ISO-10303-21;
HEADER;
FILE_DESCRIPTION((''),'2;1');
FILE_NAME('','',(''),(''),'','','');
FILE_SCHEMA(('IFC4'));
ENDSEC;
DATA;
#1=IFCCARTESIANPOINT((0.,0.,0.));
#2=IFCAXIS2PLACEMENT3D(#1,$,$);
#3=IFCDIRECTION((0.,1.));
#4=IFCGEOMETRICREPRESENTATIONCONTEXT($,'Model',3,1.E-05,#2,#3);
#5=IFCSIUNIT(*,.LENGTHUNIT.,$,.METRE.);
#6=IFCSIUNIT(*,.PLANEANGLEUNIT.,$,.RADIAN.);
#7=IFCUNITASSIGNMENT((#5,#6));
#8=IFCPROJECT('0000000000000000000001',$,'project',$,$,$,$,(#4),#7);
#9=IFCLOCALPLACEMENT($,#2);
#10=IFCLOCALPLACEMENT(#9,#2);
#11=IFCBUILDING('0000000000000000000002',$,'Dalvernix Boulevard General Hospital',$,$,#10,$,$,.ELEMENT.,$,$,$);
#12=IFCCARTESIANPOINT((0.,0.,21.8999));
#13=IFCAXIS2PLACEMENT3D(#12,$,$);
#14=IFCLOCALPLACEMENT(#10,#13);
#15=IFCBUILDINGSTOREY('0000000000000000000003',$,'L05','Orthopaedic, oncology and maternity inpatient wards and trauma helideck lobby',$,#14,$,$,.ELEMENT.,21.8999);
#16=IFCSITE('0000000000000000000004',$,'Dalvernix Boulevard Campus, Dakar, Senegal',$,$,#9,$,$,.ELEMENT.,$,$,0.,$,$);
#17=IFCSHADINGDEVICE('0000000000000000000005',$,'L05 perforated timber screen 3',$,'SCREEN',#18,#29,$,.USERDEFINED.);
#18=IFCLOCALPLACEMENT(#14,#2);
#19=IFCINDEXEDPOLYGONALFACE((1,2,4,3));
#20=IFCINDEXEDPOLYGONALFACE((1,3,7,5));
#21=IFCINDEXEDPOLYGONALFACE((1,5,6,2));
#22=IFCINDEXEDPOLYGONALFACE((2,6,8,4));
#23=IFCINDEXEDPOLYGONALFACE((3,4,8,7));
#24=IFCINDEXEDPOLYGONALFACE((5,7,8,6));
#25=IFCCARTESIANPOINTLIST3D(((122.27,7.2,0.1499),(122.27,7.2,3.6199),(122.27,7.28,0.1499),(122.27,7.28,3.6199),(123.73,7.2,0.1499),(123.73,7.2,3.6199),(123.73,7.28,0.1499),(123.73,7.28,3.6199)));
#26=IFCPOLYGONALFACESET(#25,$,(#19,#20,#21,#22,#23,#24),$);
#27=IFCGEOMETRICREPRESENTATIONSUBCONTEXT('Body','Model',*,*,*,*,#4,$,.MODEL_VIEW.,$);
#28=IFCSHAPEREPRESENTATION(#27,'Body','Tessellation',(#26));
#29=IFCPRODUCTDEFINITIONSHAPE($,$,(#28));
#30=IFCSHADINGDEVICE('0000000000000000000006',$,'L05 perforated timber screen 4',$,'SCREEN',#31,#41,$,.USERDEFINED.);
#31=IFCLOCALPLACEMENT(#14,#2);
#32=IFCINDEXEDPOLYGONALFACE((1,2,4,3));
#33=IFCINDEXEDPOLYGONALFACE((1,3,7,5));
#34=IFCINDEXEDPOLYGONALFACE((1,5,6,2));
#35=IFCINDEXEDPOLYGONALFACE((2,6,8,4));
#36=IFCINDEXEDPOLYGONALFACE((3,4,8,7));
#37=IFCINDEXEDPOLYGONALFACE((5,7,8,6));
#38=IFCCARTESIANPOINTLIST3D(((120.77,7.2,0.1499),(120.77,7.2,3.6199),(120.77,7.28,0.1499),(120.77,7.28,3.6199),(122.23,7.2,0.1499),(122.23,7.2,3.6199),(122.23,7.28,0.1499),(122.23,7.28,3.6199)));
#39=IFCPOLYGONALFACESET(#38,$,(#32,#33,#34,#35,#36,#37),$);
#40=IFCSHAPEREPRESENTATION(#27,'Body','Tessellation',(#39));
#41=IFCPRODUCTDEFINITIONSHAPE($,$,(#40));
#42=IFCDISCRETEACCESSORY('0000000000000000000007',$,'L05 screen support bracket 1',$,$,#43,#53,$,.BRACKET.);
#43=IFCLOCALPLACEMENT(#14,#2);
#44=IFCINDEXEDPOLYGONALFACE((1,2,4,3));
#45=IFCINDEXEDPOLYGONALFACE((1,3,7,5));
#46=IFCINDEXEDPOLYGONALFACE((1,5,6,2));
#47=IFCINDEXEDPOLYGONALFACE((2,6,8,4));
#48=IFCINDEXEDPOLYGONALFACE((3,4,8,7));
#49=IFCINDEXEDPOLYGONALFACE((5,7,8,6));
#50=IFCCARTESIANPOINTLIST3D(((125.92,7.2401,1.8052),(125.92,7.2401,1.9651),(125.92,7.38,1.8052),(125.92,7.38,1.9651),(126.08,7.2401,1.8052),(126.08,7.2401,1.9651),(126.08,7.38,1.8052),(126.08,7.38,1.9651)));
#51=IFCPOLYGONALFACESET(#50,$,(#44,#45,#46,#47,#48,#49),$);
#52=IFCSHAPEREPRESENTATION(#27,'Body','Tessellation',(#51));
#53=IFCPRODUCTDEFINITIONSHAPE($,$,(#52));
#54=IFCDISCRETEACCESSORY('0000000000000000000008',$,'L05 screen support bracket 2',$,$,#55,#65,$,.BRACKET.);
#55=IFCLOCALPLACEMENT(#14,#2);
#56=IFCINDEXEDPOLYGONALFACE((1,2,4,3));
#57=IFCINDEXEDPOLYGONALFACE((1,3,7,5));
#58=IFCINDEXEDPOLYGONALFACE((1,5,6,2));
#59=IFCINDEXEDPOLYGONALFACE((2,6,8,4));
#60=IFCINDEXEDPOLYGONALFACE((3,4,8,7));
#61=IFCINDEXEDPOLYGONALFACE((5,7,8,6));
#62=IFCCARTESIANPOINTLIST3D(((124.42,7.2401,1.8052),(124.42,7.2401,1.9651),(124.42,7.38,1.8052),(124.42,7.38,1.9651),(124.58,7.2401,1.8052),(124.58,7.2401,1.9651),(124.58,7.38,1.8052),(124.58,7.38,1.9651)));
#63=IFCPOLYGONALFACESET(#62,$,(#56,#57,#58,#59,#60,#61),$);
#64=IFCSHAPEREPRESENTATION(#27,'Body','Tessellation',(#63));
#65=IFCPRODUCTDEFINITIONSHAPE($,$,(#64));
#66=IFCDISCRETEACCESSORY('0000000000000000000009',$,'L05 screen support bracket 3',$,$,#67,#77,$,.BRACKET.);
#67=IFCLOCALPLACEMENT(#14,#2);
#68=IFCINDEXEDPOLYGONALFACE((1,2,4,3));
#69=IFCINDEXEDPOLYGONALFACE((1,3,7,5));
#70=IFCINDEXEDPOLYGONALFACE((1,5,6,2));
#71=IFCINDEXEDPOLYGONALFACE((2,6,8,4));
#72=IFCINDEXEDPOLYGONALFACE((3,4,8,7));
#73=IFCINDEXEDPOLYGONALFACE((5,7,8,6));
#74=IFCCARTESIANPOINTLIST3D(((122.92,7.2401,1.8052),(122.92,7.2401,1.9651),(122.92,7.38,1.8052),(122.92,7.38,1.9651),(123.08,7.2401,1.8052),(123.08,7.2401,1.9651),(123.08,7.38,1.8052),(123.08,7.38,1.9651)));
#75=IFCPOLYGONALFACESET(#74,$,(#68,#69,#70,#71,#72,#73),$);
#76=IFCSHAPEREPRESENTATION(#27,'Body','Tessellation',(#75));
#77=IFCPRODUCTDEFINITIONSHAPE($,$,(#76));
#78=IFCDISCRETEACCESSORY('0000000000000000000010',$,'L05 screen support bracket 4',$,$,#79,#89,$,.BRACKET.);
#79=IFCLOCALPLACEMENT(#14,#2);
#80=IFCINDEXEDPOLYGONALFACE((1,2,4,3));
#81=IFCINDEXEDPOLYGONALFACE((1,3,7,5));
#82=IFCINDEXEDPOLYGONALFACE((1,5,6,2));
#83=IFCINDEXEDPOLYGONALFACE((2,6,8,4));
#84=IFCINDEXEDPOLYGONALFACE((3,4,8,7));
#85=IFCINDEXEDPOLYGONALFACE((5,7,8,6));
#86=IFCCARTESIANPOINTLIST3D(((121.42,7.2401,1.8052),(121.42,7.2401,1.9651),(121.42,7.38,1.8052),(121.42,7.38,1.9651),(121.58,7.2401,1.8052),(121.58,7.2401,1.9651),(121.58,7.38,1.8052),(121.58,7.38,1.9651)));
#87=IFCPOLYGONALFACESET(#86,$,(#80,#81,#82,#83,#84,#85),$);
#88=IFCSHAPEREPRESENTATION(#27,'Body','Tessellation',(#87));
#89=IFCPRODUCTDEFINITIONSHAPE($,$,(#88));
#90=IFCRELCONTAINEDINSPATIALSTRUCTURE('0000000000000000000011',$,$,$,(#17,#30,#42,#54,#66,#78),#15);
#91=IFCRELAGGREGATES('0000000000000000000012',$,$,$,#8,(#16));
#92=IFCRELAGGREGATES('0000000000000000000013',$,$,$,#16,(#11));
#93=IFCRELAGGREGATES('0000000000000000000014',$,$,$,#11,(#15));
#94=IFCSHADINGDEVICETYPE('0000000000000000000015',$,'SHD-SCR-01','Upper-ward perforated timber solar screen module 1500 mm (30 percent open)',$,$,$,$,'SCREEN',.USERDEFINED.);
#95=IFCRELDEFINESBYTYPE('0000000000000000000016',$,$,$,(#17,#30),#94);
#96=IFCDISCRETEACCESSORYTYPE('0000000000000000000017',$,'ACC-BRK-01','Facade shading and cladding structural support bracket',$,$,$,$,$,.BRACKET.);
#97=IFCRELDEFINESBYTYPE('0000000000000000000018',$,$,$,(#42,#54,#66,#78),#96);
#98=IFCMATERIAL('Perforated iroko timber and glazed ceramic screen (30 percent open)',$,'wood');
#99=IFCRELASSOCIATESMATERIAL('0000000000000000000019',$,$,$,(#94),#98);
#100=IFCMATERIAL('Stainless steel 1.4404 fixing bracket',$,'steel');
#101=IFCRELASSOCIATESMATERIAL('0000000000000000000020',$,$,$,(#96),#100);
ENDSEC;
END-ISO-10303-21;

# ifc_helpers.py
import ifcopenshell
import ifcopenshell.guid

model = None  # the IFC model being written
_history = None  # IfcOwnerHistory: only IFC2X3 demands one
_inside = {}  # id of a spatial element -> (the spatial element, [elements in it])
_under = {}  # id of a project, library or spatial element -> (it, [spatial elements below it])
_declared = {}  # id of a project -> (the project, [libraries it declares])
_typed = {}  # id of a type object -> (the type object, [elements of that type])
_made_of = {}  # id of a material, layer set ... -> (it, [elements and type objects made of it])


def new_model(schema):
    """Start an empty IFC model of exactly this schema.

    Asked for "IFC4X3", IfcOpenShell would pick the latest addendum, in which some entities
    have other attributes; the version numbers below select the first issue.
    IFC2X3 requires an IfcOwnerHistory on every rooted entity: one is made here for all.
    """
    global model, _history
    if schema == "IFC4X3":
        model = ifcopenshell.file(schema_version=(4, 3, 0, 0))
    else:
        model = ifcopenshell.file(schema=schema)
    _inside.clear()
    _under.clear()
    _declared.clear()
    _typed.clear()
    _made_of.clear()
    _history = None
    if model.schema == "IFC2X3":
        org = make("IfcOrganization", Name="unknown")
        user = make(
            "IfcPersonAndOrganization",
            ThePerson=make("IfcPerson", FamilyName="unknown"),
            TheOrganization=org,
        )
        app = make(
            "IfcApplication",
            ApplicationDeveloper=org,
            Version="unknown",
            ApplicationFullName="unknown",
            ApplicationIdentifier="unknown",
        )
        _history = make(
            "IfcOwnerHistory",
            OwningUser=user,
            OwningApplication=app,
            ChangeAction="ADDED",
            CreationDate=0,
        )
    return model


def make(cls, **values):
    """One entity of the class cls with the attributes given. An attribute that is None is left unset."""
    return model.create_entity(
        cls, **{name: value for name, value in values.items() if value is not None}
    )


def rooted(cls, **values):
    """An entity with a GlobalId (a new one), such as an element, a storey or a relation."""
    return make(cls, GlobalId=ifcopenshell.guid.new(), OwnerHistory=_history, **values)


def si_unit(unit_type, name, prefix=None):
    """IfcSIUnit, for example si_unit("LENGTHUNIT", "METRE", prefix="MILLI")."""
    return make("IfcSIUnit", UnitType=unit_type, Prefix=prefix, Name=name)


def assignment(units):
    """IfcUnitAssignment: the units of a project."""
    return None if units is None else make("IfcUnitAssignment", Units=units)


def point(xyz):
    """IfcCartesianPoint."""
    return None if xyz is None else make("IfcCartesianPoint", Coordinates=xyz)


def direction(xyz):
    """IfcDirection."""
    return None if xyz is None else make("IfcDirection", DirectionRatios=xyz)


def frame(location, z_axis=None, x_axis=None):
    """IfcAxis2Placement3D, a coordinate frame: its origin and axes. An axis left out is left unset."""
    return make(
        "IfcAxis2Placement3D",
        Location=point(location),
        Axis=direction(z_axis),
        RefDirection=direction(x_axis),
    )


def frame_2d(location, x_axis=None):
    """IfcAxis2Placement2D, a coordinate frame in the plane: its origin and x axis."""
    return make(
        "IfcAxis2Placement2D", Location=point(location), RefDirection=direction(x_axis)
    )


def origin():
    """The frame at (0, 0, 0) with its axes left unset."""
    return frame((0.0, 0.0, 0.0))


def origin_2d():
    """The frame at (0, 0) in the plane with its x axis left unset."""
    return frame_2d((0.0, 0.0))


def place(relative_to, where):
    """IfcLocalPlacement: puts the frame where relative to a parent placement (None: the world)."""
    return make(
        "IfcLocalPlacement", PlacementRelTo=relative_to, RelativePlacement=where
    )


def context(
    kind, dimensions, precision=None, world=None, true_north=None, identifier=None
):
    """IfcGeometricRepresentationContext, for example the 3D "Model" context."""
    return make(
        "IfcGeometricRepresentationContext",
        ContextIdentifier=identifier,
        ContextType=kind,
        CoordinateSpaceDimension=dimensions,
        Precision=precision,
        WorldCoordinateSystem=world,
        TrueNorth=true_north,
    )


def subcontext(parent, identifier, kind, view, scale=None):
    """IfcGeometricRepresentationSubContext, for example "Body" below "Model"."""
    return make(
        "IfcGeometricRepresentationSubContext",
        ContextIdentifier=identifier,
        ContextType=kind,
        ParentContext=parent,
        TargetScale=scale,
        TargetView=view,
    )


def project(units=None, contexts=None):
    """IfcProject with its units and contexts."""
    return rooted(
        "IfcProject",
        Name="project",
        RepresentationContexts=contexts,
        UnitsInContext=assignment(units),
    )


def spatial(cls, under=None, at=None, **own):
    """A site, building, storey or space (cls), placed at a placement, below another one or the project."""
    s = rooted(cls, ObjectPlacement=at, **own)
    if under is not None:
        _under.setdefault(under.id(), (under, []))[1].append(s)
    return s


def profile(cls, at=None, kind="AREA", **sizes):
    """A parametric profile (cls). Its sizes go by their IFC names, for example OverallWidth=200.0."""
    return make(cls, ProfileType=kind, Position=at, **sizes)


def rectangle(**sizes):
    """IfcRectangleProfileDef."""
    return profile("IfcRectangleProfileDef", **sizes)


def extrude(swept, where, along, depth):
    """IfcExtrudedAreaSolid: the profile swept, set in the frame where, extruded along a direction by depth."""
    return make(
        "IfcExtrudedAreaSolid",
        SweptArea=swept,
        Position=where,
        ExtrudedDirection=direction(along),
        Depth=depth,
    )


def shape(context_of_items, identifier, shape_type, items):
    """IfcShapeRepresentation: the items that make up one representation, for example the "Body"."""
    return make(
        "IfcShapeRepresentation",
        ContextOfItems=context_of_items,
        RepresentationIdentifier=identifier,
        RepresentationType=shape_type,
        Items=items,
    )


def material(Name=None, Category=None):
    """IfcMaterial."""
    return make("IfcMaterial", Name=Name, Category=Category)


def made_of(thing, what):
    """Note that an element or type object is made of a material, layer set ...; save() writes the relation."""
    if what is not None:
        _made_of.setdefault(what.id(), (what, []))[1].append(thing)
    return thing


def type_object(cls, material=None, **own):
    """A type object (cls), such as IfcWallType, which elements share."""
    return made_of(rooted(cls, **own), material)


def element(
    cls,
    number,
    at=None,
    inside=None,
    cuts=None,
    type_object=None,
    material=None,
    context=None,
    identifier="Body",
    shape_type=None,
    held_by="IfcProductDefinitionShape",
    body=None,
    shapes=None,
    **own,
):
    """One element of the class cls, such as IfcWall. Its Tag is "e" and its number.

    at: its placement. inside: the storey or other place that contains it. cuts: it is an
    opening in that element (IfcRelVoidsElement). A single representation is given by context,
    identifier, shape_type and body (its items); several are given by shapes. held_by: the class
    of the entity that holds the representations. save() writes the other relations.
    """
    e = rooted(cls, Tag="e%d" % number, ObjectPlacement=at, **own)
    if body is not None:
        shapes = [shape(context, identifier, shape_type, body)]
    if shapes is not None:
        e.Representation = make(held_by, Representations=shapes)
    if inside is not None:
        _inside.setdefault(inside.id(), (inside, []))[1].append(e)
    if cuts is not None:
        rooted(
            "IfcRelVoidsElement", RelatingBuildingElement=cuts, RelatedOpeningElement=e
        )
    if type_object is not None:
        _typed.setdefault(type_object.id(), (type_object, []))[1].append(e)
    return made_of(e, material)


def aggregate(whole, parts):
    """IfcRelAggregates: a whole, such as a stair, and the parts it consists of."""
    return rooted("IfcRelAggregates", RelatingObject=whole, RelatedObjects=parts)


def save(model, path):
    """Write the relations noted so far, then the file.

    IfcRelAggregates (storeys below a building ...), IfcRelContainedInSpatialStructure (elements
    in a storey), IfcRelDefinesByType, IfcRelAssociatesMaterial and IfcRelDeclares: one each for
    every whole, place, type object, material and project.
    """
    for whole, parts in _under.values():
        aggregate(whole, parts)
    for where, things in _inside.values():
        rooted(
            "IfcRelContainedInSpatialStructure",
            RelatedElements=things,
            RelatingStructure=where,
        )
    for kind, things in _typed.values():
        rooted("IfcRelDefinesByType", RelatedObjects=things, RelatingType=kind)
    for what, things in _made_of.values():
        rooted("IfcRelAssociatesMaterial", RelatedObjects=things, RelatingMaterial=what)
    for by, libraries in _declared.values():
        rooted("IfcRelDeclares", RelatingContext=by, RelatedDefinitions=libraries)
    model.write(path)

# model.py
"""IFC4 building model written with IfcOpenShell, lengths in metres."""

from ifc_helpers import new_model, si_unit, direction, frame, origin, origin_2d, place, context, subcontext, project, spatial, rectangle, extrude, material, type_object, element, save


model = new_model("IFC4")

# Units and contexts
model_context = context("Model", 3, precision=1e-05, world=origin(), true_north=direction((0.0, 1.0)))
body_context = subcontext(model_context, "Body", "Model", "MODEL_VIEW")
ifc_project = project(units=[si_unit("LENGTHUNIT", "METRE"), si_unit("PLANEANGLEUNIT", "RADIAN")], contexts=[model_context])

# Site, building, storey
site_placement = place(None, origin())
site = spatial("IfcSite", under=ifc_project, at=site_placement, Name="Dalvernix Boulevard Campus, Dakar, Senegal", CompositionType="ELEMENT", RefElevation=0.0)
building_placement = place(site_placement, origin())
building = spatial("IfcBuilding", under=site, at=building_placement, Name="Dalvernix Boulevard General Hospital", CompositionType="ELEMENT")
storey_placement = place(building_placement, frame((0.0, 0.0, 21.8999)))
storey = spatial("IfcBuildingStorey", under=building, at=storey_placement, Name="L05", Description="Orthopaedic, oncology and maternity inpatient wards and trauma helideck lobby", CompositionType="ELEMENT", Elevation=21.8999)

# Shading devices
ifc_material_1 = material(Name="Perforated iroko timber and glazed ceramic screen (30 percent open)", Category="wood")
shading_device_type = type_object("IfcShadingDeviceType", Name="SHD-SCR-01", Description="Upper-ward perforated timber solar screen module 1500 mm (30 percent open)", ElementType="SCREEN", PredefinedType="USERDEFINED", material=ifc_material_1)
for number, where, z_axis, x_axis, name in (
    (1, (123.0, 7.24, 0.1499), (0.0, 0.0, 1.0), (-1.0, 0.0, 0.0), "L05 perforated timber screen 3"),
    (2, (121.5, 7.24, 0.1499), (0.0, 0.0, 1.0), (-1.0, 0.0, 0.0), "L05 perforated timber screen 4"),
):
    element("IfcShadingDevice", number, at=place(storey_placement, frame(where, z_axis=z_axis, x_axis=x_axis)), inside=storey, type_object=shading_device_type, Name=name, ObjectType="SCREEN", PredefinedType="USERDEFINED", context=body_context, shape_type="SweptSolid", body=[
        extrude(rectangle(XDim=1.46, YDim=0.0801, at=origin_2d()), origin(), (0.0, 0.0, 1.0), 3.47),
    ])

# Discrete accessories
ifc_material_2 = material(Name="Stainless steel 1.4404 fixing bracket", Category="steel")
discrete_accessory_type = type_object("IfcDiscreteAccessoryType", Name="ACC-BRK-01", Description="Facade shading and cladding structural support bracket", PredefinedType="BRACKET", material=ifc_material_2)
for number, where, z_axis, x_axis, name in (
    (3, (126.0, 7.3101, 1.8052), (0.0, 0.0, 1.0), (-1.0, 0.0, 0.0), "L05 screen support bracket 1"),
    (4, (124.5, 7.3101, 1.8052), (0.0, 0.0, 1.0), (-1.0, 0.0, 0.0), "L05 screen support bracket 2"),
    (5, (123.0, 7.3101, 1.8052), (0.0, 0.0, 1.0), (-1.0, 0.0, 0.0), "L05 screen support bracket 3"),
    (6, (121.5, 7.3101, 1.8052), (0.0, 0.0, 1.0), (-1.0, 0.0, 0.0), "L05 screen support bracket 4"),
):
    element("IfcDiscreteAccessory", number, at=place(storey_placement, frame(where, z_axis=z_axis, x_axis=x_axis)), inside=storey, type_object=discrete_accessory_type, Name=name, PredefinedType="BRACKET", context=body_context, shape_type="SweptSolid", body=[
        extrude(rectangle(XDim=0.1599, YDim=0.1399, at=origin_2d()), origin(), (0.0, 0.0, 1.0), 0.1599),
    ])

save(model, "model.ifc")
